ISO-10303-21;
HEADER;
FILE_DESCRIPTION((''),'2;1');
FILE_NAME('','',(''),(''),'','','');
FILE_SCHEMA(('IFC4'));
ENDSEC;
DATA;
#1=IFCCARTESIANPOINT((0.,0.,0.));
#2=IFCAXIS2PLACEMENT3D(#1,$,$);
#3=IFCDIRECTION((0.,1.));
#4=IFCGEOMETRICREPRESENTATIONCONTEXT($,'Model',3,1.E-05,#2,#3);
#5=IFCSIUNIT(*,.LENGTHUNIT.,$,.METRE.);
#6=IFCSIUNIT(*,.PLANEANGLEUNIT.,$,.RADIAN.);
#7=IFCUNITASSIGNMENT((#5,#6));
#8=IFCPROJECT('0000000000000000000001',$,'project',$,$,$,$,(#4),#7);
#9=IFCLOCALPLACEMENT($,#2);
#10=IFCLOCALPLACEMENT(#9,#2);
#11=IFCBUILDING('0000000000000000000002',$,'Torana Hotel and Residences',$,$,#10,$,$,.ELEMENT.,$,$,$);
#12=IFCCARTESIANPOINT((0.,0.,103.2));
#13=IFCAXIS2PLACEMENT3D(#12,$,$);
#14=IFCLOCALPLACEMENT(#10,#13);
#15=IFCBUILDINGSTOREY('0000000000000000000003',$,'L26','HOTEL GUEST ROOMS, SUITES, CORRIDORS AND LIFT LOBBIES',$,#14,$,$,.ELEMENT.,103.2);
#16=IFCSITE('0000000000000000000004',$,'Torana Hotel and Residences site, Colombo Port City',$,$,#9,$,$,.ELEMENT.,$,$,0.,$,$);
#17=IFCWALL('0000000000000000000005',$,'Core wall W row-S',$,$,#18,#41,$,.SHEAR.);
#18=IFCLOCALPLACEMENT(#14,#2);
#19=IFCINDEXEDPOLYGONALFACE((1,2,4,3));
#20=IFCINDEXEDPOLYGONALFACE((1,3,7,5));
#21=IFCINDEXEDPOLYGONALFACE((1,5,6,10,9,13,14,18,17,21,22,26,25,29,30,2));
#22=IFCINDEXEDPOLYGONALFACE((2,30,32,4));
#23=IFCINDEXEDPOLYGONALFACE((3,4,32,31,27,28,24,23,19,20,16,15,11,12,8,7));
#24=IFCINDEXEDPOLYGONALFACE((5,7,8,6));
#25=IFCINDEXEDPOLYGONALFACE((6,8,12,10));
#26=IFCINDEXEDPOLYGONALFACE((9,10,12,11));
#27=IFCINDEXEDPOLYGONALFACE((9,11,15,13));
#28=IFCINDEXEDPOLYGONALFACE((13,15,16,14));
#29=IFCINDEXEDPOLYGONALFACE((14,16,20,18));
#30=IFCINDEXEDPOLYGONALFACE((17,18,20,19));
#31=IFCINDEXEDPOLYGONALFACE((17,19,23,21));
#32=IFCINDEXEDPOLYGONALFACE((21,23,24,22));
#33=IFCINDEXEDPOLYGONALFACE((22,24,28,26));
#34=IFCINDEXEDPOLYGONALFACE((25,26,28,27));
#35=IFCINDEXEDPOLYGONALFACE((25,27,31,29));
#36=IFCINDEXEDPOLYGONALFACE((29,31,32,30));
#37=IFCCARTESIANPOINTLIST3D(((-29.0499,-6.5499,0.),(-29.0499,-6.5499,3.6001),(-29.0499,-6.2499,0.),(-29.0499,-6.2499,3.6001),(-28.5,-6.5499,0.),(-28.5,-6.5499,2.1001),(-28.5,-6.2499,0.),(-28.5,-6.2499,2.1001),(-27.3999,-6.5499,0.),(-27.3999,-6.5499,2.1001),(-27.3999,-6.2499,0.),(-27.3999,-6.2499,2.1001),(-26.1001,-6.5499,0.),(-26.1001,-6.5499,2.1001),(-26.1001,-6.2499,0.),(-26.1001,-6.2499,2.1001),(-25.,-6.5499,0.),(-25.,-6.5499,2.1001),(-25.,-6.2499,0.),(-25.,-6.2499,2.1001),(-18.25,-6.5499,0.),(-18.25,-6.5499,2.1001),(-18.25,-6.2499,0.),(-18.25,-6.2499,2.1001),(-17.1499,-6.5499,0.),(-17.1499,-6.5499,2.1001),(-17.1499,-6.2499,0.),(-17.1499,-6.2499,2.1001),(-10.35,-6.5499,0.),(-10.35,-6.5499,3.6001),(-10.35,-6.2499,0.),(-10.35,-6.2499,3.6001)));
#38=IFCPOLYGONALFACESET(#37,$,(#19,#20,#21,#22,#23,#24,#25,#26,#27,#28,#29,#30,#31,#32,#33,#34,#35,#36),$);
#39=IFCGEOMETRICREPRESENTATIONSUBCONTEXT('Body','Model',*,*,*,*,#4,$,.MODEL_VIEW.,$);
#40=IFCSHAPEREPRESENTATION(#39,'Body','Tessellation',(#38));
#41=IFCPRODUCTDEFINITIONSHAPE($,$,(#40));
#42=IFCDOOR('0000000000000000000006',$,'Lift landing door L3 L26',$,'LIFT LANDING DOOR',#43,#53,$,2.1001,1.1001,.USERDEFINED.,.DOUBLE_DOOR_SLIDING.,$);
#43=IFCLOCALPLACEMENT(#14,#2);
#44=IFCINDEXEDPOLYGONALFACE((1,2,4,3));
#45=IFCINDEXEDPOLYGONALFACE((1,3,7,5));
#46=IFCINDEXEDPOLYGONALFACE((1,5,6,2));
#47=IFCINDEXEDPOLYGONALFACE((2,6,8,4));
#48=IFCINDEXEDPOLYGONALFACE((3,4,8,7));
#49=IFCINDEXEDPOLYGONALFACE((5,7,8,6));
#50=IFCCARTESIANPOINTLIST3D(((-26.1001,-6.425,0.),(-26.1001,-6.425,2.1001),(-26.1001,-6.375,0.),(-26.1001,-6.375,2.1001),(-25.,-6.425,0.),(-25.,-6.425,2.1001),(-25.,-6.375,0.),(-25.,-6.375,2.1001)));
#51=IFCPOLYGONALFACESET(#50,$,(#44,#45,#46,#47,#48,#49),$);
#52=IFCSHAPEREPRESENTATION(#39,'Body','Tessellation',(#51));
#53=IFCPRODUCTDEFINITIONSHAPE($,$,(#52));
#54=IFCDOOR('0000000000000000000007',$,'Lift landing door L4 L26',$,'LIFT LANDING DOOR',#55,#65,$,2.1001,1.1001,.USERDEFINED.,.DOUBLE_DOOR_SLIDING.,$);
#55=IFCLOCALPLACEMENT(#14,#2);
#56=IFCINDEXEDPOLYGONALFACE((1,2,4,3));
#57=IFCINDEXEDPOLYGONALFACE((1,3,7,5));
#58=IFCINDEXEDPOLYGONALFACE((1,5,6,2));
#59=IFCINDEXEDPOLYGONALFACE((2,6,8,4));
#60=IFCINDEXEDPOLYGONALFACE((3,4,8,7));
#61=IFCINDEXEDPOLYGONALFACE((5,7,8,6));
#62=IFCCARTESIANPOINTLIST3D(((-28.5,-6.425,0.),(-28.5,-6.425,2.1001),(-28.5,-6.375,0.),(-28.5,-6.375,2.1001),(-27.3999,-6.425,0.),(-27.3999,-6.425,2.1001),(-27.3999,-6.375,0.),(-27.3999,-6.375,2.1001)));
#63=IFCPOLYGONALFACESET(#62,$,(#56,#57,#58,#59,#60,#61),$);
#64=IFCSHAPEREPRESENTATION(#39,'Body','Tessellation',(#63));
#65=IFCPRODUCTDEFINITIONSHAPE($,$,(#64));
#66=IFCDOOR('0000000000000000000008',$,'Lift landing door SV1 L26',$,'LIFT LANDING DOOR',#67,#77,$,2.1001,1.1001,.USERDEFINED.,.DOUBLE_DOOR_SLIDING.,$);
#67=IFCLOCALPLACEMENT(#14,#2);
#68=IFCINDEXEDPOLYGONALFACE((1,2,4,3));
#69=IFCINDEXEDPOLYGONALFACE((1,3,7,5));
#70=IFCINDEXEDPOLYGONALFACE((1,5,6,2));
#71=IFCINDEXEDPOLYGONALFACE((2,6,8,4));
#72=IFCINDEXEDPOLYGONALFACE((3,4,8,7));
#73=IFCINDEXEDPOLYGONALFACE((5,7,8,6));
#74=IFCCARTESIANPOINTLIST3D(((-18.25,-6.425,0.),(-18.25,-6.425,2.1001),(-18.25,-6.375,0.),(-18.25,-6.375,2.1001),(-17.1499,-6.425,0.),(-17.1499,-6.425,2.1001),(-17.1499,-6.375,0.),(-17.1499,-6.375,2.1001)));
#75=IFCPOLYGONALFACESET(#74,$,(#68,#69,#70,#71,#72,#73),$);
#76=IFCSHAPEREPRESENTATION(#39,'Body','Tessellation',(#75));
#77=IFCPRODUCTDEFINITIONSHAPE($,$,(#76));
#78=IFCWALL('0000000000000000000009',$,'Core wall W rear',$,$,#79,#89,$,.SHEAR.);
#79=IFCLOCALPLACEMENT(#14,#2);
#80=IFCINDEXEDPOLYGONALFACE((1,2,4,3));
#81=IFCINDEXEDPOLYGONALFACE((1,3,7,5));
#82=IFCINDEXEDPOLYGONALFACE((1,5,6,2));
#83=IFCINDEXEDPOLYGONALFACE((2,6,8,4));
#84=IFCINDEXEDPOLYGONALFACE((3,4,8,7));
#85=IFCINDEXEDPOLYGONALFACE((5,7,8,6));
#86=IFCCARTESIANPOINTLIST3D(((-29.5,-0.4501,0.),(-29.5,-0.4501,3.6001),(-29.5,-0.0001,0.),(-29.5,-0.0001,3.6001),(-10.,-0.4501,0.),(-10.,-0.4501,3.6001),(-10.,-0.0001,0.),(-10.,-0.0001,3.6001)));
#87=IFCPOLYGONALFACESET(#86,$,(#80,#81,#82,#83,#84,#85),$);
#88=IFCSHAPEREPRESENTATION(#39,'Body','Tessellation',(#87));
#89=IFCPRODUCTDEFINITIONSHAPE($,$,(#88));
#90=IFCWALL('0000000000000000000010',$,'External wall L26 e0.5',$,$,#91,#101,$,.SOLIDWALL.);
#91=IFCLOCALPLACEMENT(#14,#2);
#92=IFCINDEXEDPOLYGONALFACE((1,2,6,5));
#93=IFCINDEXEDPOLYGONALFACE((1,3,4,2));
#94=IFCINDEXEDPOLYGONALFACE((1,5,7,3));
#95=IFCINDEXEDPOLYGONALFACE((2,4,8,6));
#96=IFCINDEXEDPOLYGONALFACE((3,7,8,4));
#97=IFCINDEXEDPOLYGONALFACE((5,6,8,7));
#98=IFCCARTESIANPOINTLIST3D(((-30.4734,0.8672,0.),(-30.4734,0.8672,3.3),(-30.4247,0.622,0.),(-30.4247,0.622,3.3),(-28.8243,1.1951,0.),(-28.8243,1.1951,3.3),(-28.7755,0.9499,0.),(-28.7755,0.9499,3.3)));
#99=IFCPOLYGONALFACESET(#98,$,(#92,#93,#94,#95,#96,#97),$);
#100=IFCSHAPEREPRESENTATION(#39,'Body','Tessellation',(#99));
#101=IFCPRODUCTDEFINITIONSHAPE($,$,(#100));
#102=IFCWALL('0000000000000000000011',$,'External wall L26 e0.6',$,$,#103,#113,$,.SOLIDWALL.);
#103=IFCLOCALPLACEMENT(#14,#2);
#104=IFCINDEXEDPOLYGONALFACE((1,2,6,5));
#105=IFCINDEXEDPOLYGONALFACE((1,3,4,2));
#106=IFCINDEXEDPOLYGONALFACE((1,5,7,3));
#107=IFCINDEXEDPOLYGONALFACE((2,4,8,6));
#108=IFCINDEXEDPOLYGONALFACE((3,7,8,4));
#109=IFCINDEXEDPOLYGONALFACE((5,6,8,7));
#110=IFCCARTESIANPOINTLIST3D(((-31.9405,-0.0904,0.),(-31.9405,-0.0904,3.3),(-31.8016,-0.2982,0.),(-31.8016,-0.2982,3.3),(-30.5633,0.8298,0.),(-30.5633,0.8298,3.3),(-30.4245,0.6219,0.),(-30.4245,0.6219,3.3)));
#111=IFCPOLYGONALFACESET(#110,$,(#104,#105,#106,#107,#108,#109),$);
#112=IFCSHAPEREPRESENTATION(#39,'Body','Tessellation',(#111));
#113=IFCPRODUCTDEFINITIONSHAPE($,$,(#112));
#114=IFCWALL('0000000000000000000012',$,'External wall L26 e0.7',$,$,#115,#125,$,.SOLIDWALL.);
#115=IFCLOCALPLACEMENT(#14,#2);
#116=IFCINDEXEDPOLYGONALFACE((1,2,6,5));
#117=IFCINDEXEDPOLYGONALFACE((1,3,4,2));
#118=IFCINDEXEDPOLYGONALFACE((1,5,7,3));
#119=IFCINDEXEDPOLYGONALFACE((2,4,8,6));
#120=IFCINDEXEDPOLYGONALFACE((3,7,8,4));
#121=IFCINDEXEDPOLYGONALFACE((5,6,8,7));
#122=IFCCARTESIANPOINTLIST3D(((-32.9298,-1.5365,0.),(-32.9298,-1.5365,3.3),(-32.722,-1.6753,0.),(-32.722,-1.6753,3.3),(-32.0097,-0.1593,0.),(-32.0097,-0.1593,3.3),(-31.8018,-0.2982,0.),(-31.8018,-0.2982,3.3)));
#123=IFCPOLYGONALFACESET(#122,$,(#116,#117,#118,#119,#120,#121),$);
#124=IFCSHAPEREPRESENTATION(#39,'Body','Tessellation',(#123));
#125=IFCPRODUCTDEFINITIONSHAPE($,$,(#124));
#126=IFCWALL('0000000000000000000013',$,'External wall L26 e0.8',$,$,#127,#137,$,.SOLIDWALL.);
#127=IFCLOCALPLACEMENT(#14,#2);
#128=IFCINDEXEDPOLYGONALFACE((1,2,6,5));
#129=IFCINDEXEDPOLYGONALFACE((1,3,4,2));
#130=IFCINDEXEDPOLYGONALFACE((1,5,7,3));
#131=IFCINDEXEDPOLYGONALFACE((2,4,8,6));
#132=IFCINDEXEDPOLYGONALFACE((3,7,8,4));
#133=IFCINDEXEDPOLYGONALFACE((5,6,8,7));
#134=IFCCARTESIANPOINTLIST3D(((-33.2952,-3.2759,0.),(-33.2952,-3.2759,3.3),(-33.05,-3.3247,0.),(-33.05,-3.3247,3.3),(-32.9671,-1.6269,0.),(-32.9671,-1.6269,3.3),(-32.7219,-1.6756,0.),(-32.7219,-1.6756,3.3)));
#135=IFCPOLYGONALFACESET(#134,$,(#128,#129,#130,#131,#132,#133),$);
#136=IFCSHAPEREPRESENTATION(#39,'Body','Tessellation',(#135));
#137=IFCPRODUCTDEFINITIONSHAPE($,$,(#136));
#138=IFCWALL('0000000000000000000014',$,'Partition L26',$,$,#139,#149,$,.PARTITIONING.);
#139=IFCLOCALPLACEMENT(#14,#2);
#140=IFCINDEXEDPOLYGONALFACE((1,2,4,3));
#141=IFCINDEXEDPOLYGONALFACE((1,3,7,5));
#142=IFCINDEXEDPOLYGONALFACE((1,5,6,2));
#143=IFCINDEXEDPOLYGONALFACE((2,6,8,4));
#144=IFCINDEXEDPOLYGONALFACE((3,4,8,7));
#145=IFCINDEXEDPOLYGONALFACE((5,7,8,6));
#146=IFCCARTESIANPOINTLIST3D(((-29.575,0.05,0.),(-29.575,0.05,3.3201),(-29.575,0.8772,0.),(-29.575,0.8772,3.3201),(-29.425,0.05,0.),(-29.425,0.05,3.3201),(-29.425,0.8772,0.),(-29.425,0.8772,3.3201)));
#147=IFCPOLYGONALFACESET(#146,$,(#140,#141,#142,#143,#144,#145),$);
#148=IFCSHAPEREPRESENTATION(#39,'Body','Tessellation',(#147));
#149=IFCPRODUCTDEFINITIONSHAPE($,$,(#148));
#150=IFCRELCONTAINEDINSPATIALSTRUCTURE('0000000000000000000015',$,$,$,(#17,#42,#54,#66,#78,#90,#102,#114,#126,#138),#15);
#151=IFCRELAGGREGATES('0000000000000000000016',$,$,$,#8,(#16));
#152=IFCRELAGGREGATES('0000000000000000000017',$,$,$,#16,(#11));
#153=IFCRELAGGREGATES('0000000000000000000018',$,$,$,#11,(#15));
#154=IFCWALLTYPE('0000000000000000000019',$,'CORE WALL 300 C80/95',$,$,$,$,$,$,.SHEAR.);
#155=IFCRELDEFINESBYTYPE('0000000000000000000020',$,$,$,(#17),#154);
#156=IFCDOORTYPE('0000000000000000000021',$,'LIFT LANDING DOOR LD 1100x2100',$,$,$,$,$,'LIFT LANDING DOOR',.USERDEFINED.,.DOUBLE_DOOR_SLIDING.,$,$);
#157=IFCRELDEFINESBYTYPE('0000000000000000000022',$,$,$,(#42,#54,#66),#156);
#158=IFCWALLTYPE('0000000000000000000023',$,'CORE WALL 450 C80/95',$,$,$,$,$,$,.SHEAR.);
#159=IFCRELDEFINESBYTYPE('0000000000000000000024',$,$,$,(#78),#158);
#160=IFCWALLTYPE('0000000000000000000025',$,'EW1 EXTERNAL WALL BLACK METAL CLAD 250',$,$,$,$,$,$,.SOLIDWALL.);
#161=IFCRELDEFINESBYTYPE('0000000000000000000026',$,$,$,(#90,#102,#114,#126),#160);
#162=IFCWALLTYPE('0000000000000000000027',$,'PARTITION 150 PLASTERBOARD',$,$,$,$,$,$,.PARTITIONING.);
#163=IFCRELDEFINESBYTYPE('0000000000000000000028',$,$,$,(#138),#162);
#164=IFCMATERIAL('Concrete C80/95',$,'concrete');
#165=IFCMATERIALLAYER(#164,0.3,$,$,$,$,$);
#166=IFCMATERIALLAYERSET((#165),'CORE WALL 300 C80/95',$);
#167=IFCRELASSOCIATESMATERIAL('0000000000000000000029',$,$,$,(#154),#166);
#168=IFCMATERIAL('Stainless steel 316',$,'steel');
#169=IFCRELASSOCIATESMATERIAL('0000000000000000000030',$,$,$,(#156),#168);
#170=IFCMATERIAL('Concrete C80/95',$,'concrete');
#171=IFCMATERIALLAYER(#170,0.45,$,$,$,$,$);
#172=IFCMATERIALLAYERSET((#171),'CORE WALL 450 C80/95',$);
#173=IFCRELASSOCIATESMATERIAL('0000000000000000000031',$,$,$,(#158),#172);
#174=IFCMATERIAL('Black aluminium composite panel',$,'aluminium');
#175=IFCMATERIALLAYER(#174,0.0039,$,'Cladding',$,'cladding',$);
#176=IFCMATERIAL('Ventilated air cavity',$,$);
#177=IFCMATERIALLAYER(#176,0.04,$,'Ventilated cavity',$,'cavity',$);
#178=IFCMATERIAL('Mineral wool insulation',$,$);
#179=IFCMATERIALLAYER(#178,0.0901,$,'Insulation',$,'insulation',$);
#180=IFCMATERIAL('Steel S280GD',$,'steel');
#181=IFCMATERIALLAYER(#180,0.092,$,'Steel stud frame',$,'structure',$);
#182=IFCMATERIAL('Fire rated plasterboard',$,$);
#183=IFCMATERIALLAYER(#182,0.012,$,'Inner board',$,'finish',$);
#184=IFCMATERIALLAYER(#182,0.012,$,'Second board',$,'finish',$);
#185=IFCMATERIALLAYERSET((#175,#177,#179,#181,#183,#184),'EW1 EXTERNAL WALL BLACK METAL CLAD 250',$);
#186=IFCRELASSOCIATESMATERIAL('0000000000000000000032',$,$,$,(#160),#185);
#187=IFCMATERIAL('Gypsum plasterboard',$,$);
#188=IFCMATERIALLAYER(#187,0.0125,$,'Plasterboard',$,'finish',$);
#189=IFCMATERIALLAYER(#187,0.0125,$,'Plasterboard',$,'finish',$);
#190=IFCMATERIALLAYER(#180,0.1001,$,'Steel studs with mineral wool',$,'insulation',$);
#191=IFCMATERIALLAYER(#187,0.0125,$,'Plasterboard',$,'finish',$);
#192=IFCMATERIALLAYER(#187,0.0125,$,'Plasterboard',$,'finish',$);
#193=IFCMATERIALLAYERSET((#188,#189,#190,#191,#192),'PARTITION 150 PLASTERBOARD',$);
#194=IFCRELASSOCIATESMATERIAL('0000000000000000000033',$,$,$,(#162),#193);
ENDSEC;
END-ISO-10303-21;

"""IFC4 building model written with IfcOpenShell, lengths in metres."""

from ifc_helpers import new_model, si_unit, direction, frame, frame_2d, origin, place, context, subcontext, project, spatial, rectangle, extrude, material, layer, layer_set, type_object, element, fill, save


model = new_model("IFC4")

# Units and contexts
model_context = context("Model", 3, precision=1e-05, world=origin(), true_north=direction((0.0, 1.0)))
body_context = subcontext(model_context, "Body", "Model", "MODEL_VIEW")
ifc_project = project(units=[si_unit("LENGTHUNIT", "METRE"), si_unit("PLANEANGLEUNIT", "RADIAN")], contexts=[model_context])

# Site, building, storey
site_placement = place(None, origin())
site = spatial("IfcSite", under=ifc_project, at=site_placement, Name="Torana Hotel and Residences site, Colombo Port City", CompositionType="ELEMENT", RefElevation=0.0)
building_placement = place(site_placement, origin())
building = spatial("IfcBuilding", under=site, at=building_placement, Name="Torana Hotel and Residences", CompositionType="ELEMENT")
storey_placement = place(building_placement, frame((0.0, 0.0, 103.2)))
storey = spatial("IfcBuildingStorey", under=building, at=storey_placement, Name="L26", Description="HOTEL GUEST ROOMS, SUITES, CORRIDORS AND LIFT LOBBIES", CompositionType="ELEMENT", Elevation=103.2)

# Wall, openings, doors
ifc_material_1 = material(Name="Concrete C80/95", Category="concrete")
ifc_layer_1 = layer(ifc_material_1, 0.3)
ifc_layer_set_1 = layer_set([ifc_layer_1], Name="CORE WALL 300 C80/95")
wall_type_1 = type_object("IfcWallType", Name="CORE WALL 300 C80/95", PredefinedType="SHEAR", material=ifc_layer_set_1)
ifc_material_2 = material(Name="Stainless steel 316", Category="steel")
door_type_1 = type_object("IfcDoorType", Name="LIFT LANDING DOOR LD 1100x2100", ElementType="LIFT LANDING DOOR", OperationType="DOUBLE_DOOR_SLIDING", PredefinedType="USERDEFINED", material=ifc_material_2)
wall_1_placement = place(storey_placement, frame((-29.05, -6.3999, 0.0), z_axis=(0.0, 0.0, 1.0), x_axis=(1.0, 0.0, 0.0)))
wall_1 = element("IfcWall", 1, at=wall_1_placement, inside=storey, type_object=wall_type_1, Name="Core wall W row-S", PredefinedType="SHEAR", context=body_context, shape_type="SweptSolid", body=[
    extrude(rectangle(XDim=18.7, YDim=0.3, at=frame_2d((9.3501, 0.0))), origin(), (0.0, 0.0, 1.0), 3.6001),
])
opening_1_placement = place(wall_1_placement, frame((2.95, 0.0, 0.0)))
opening_1 = element("IfcOpeningElement", 2, at=opening_1_placement, cuts=wall_1, PredefinedType="OPENING", context=body_context, shape_type="SweptSolid", body=[
    extrude(rectangle(XDim=1.1001, YDim=2.1001, at=frame_2d((0.55, 1.05))), frame((0.0, 0.1599, 0.0), z_axis=(0.0, -1.0, 0.0), x_axis=(1.0, 0.0, 0.0)), (0.0, 0.0, 1.0), 0.3201),
])
opening_2_placement = place(wall_1_placement, frame((0.55, 0.0, 0.0)))
opening_2 = element("IfcOpeningElement", 3, at=opening_2_placement, cuts=wall_1, PredefinedType="OPENING", context=body_context, shape_type="SweptSolid", body=[
    extrude(rectangle(XDim=1.1001, YDim=2.1001, at=frame_2d((0.55, 1.05))), frame((0.0, 0.1599, 0.0), z_axis=(0.0, -1.0, 0.0), x_axis=(1.0, 0.0, 0.0)), (0.0, 0.0, 1.0), 0.3201),
])
opening_3_placement = place(wall_1_placement, frame((10.8, 0.0, 0.0)))
opening_3 = element("IfcOpeningElement", 4, at=opening_3_placement, cuts=wall_1, PredefinedType="OPENING", context=body_context, shape_type="SweptSolid", body=[
    extrude(rectangle(XDim=1.1001, YDim=2.1001, at=frame_2d((0.55, 1.05))), frame((0.0, 0.1599, 0.0), z_axis=(0.0, -1.0, 0.0), x_axis=(1.0, 0.0, 0.0)), (0.0, 0.0, 1.0), 0.3201),
])
door_1_placement = place(opening_1_placement, origin())
door_1 = element("IfcDoor", 5, at=door_1_placement, inside=storey, type_object=door_type_1, Name="Lift landing door L3 L26", ObjectType="LIFT LANDING DOOR", OperationType="DOUBLE_DOOR_SLIDING", OverallHeight=2.1001, OverallWidth=1.1001, PredefinedType="USERDEFINED", context=body_context, shape_type="SweptSolid", body=[
    extrude(rectangle(XDim=1.1001, YDim=2.1001, at=frame_2d((0.55, 1.05))), frame((0.0, 0.0249, 0.0), z_axis=(0.0, -1.0, 0.0), x_axis=(1.0, 0.0, 0.0)), (0.0, 0.0, 1.0), 0.05),
])
fill(opening_1, door_1)
door_2_placement = place(opening_2_placement, origin())
door_2 = element("IfcDoor", 6, at=door_2_placement, inside=storey, type_object=door_type_1, Name="Lift landing door L4 L26", ObjectType="LIFT LANDING DOOR", OperationType="DOUBLE_DOOR_SLIDING", OverallHeight=2.1001, OverallWidth=1.1001, PredefinedType="USERDEFINED", context=body_context, shape_type="SweptSolid", body=[
    extrude(rectangle(XDim=1.1001, YDim=2.1001, at=frame_2d((0.55, 1.05))), frame((0.0, 0.0249, 0.0), z_axis=(0.0, -1.0, 0.0), x_axis=(1.0, 0.0, 0.0)), (0.0, 0.0, 1.0), 0.05),
])
fill(opening_2, door_2)
door_3_placement = place(opening_3_placement, origin())
door_3 = element("IfcDoor", 7, at=door_3_placement, inside=storey, type_object=door_type_1, Name="Lift landing door SV1 L26", ObjectType="LIFT LANDING DOOR", OperationType="DOUBLE_DOOR_SLIDING", OverallHeight=2.1001, OverallWidth=1.1001, PredefinedType="USERDEFINED", context=body_context, shape_type="SweptSolid", body=[
    extrude(rectangle(XDim=1.1001, YDim=2.1001, at=frame_2d((0.55, 1.05))), frame((0.0, 0.0249, 0.0), z_axis=(0.0, -1.0, 0.0), x_axis=(1.0, 0.0, 0.0)), (0.0, 0.0, 1.0), 0.05),
])
fill(opening_3, door_3)

# Walls
ifc_material_3 = material(Name="Concrete C80/95", Category="concrete")
ifc_layer_2 = layer(ifc_material_3, 0.45)
ifc_layer_set_2 = layer_set([ifc_layer_2], Name="CORE WALL 450 C80/95")
wall_type_2 = type_object("IfcWallType", Name="CORE WALL 450 C80/95", PredefinedType="SHEAR", material=ifc_layer_set_2)
wall_2_placement = place(storey_placement, frame((-29.5, -0.2251, 0.0), z_axis=(0.0, 0.0, 1.0), x_axis=(1.0, 0.0, 0.0)))
element("IfcWall", 8, at=wall_2_placement, inside=storey, type_object=wall_type_2, Name="Core wall W rear", PredefinedType="SHEAR", context=body_context, shape_type="SweptSolid", body=[
    extrude(rectangle(XDim=19.5, YDim=0.45, at=frame_2d((9.75, 0.0))), origin(), (0.0, 0.0, 1.0), 3.6001),
])
ifc_material_4 = material(Name="Black aluminium composite panel", Category="aluminium")
ifc_layer_3 = layer(ifc_material_4, 0.0039, Name="Cladding", Category="cladding")
ifc_material_5 = material(Name="Ventilated air cavity")
ifc_layer_4 = layer(ifc_material_5, 0.04, Name="Ventilated cavity", Category="cavity")
ifc_material_6 = material(Name="Mineral wool insulation")
ifc_layer_5 = layer(ifc_material_6, 0.0901, Name="Insulation", Category="insulation")
ifc_material_7 = material(Name="Steel S280GD", Category="steel")
ifc_layer_6 = layer(ifc_material_7, 0.092, Name="Steel stud frame", Category="structure")
ifc_material_8 = material(Name="Fire rated plasterboard")
ifc_layer_7 = layer(ifc_material_8, 0.012, Name="Inner board", Category="finish")
ifc_layer_8 = layer(ifc_material_8, 0.012, Name="Second board", Category="finish")
ifc_layer_set_3 = layer_set([ifc_layer_3, ifc_layer_4, ifc_layer_5, ifc_layer_6, ifc_layer_7, ifc_layer_8], Name="EW1 EXTERNAL WALL BLACK METAL CLAD 250")
wall_type_3 = type_object("IfcWallType", Name="EW1 EXTERNAL WALL BLACK METAL CLAD 250", PredefinedType="SOLIDWALL", material=ifc_layer_set_3)
wall_3_placement = place(storey_placement, frame((-28.7998, 1.0725, 0.0), z_axis=(0.0, 0.0, 1.0), x_axis=(-0.980803, -0.194999, 0.0)))
element("IfcWall", 9, at=wall_3_placement, inside=storey, type_object=wall_type_3, Name="External wall L26 e0.5", PredefinedType="SOLIDWALL", context=body_context, shape_type="SweptSolid", body=[
    extrude(rectangle(XDim=1.6814, YDim=0.25, at=frame_2d((0.8408, 0.0))), origin(), (0.0, 0.0, 1.0), 3.3),
])
for number, where, z_axis, x_axis, name in (
    (10, (-30.4939, 0.7258, 0.0), (0.0, 0.0, 1.0), (-0.831483, -0.55555, 0.0), "External wall L26 e0.6"),
    (11, (-31.9058, -0.2288, 0.0), (0.0, 0.0, 1.0), (-0.55555, -0.831483, 0.0), "External wall L26 e0.7"),
):
    element("IfcWall", number, at=place(storey_placement, frame(where, z_axis=z_axis, x_axis=x_axis)), inside=storey, type_object=wall_type_3, Name=name, PredefinedType="SOLIDWALL", context=body_context, shape_type="SweptSolid", body=[
        extrude(rectangle(XDim=1.6562, YDim=0.25, at=frame_2d((0.8281, 0.0))), origin(), (0.0, 0.0, 1.0), 3.3),
    ])
wall_4_placement = place(storey_placement, frame((-32.8445, -1.6511, 0.0), z_axis=(0.0, 0.0, 1.0), x_axis=(-0.195139, -0.980776, 0.0)))
element("IfcWall", 12, at=wall_4_placement, inside=storey, type_object=wall_type_3, Name="External wall L26 e0.8", PredefinedType="SOLIDWALL", context=body_context, shape_type="SweptSolid", body=[
    extrude(rectangle(XDim=1.6814, YDim=0.25, at=frame_2d((0.8408, 0.0))), origin(), (0.0, 0.0, 1.0), 3.3),
])

# Wall
ifc_material_9 = material(Name="Gypsum plasterboard")
ifc_layer_9 = layer(ifc_material_9, 0.0125, Name="Plasterboard", Category="finish")
ifc_layer_10 = layer(ifc_material_9, 0.0125, Name="Plasterboard", Category="finish")
ifc_layer_11 = layer(ifc_material_7, 0.1001, Name="Steel studs with mineral wool", Category="insulation")
ifc_layer_12 = layer(ifc_material_9, 0.0125, Name="Plasterboard", Category="finish")
ifc_layer_13 = layer(ifc_material_9, 0.0125, Name="Plasterboard", Category="finish")
ifc_layer_set_4 = layer_set([ifc_layer_9, ifc_layer_10, ifc_layer_11, ifc_layer_12, ifc_layer_13], Name="PARTITION 150 PLASTERBOARD")
wall_type_4 = type_object("IfcWallType", Name="PARTITION 150 PLASTERBOARD", PredefinedType="PARTITIONING", material=ifc_layer_set_4)
wall_5_placement = place(storey_placement, frame((-29.5, 0.05, 0.0), z_axis=(0.0, 0.0, 1.0), x_axis=(0.0, 1.0, 0.0)))
element("IfcWall", 13, at=wall_5_placement, inside=storey, type_object=wall_type_4, Name="Partition L26", PredefinedType="PARTITIONING", context=body_context, shape_type="SweptSolid", body=[
    extrude(rectangle(XDim=0.8271, YDim=0.1499, at=frame_2d((0.4136, 0.0))), origin(), (0.0, 0.0, 1.0), 3.3201),
])

save(model, "model.ifc")
